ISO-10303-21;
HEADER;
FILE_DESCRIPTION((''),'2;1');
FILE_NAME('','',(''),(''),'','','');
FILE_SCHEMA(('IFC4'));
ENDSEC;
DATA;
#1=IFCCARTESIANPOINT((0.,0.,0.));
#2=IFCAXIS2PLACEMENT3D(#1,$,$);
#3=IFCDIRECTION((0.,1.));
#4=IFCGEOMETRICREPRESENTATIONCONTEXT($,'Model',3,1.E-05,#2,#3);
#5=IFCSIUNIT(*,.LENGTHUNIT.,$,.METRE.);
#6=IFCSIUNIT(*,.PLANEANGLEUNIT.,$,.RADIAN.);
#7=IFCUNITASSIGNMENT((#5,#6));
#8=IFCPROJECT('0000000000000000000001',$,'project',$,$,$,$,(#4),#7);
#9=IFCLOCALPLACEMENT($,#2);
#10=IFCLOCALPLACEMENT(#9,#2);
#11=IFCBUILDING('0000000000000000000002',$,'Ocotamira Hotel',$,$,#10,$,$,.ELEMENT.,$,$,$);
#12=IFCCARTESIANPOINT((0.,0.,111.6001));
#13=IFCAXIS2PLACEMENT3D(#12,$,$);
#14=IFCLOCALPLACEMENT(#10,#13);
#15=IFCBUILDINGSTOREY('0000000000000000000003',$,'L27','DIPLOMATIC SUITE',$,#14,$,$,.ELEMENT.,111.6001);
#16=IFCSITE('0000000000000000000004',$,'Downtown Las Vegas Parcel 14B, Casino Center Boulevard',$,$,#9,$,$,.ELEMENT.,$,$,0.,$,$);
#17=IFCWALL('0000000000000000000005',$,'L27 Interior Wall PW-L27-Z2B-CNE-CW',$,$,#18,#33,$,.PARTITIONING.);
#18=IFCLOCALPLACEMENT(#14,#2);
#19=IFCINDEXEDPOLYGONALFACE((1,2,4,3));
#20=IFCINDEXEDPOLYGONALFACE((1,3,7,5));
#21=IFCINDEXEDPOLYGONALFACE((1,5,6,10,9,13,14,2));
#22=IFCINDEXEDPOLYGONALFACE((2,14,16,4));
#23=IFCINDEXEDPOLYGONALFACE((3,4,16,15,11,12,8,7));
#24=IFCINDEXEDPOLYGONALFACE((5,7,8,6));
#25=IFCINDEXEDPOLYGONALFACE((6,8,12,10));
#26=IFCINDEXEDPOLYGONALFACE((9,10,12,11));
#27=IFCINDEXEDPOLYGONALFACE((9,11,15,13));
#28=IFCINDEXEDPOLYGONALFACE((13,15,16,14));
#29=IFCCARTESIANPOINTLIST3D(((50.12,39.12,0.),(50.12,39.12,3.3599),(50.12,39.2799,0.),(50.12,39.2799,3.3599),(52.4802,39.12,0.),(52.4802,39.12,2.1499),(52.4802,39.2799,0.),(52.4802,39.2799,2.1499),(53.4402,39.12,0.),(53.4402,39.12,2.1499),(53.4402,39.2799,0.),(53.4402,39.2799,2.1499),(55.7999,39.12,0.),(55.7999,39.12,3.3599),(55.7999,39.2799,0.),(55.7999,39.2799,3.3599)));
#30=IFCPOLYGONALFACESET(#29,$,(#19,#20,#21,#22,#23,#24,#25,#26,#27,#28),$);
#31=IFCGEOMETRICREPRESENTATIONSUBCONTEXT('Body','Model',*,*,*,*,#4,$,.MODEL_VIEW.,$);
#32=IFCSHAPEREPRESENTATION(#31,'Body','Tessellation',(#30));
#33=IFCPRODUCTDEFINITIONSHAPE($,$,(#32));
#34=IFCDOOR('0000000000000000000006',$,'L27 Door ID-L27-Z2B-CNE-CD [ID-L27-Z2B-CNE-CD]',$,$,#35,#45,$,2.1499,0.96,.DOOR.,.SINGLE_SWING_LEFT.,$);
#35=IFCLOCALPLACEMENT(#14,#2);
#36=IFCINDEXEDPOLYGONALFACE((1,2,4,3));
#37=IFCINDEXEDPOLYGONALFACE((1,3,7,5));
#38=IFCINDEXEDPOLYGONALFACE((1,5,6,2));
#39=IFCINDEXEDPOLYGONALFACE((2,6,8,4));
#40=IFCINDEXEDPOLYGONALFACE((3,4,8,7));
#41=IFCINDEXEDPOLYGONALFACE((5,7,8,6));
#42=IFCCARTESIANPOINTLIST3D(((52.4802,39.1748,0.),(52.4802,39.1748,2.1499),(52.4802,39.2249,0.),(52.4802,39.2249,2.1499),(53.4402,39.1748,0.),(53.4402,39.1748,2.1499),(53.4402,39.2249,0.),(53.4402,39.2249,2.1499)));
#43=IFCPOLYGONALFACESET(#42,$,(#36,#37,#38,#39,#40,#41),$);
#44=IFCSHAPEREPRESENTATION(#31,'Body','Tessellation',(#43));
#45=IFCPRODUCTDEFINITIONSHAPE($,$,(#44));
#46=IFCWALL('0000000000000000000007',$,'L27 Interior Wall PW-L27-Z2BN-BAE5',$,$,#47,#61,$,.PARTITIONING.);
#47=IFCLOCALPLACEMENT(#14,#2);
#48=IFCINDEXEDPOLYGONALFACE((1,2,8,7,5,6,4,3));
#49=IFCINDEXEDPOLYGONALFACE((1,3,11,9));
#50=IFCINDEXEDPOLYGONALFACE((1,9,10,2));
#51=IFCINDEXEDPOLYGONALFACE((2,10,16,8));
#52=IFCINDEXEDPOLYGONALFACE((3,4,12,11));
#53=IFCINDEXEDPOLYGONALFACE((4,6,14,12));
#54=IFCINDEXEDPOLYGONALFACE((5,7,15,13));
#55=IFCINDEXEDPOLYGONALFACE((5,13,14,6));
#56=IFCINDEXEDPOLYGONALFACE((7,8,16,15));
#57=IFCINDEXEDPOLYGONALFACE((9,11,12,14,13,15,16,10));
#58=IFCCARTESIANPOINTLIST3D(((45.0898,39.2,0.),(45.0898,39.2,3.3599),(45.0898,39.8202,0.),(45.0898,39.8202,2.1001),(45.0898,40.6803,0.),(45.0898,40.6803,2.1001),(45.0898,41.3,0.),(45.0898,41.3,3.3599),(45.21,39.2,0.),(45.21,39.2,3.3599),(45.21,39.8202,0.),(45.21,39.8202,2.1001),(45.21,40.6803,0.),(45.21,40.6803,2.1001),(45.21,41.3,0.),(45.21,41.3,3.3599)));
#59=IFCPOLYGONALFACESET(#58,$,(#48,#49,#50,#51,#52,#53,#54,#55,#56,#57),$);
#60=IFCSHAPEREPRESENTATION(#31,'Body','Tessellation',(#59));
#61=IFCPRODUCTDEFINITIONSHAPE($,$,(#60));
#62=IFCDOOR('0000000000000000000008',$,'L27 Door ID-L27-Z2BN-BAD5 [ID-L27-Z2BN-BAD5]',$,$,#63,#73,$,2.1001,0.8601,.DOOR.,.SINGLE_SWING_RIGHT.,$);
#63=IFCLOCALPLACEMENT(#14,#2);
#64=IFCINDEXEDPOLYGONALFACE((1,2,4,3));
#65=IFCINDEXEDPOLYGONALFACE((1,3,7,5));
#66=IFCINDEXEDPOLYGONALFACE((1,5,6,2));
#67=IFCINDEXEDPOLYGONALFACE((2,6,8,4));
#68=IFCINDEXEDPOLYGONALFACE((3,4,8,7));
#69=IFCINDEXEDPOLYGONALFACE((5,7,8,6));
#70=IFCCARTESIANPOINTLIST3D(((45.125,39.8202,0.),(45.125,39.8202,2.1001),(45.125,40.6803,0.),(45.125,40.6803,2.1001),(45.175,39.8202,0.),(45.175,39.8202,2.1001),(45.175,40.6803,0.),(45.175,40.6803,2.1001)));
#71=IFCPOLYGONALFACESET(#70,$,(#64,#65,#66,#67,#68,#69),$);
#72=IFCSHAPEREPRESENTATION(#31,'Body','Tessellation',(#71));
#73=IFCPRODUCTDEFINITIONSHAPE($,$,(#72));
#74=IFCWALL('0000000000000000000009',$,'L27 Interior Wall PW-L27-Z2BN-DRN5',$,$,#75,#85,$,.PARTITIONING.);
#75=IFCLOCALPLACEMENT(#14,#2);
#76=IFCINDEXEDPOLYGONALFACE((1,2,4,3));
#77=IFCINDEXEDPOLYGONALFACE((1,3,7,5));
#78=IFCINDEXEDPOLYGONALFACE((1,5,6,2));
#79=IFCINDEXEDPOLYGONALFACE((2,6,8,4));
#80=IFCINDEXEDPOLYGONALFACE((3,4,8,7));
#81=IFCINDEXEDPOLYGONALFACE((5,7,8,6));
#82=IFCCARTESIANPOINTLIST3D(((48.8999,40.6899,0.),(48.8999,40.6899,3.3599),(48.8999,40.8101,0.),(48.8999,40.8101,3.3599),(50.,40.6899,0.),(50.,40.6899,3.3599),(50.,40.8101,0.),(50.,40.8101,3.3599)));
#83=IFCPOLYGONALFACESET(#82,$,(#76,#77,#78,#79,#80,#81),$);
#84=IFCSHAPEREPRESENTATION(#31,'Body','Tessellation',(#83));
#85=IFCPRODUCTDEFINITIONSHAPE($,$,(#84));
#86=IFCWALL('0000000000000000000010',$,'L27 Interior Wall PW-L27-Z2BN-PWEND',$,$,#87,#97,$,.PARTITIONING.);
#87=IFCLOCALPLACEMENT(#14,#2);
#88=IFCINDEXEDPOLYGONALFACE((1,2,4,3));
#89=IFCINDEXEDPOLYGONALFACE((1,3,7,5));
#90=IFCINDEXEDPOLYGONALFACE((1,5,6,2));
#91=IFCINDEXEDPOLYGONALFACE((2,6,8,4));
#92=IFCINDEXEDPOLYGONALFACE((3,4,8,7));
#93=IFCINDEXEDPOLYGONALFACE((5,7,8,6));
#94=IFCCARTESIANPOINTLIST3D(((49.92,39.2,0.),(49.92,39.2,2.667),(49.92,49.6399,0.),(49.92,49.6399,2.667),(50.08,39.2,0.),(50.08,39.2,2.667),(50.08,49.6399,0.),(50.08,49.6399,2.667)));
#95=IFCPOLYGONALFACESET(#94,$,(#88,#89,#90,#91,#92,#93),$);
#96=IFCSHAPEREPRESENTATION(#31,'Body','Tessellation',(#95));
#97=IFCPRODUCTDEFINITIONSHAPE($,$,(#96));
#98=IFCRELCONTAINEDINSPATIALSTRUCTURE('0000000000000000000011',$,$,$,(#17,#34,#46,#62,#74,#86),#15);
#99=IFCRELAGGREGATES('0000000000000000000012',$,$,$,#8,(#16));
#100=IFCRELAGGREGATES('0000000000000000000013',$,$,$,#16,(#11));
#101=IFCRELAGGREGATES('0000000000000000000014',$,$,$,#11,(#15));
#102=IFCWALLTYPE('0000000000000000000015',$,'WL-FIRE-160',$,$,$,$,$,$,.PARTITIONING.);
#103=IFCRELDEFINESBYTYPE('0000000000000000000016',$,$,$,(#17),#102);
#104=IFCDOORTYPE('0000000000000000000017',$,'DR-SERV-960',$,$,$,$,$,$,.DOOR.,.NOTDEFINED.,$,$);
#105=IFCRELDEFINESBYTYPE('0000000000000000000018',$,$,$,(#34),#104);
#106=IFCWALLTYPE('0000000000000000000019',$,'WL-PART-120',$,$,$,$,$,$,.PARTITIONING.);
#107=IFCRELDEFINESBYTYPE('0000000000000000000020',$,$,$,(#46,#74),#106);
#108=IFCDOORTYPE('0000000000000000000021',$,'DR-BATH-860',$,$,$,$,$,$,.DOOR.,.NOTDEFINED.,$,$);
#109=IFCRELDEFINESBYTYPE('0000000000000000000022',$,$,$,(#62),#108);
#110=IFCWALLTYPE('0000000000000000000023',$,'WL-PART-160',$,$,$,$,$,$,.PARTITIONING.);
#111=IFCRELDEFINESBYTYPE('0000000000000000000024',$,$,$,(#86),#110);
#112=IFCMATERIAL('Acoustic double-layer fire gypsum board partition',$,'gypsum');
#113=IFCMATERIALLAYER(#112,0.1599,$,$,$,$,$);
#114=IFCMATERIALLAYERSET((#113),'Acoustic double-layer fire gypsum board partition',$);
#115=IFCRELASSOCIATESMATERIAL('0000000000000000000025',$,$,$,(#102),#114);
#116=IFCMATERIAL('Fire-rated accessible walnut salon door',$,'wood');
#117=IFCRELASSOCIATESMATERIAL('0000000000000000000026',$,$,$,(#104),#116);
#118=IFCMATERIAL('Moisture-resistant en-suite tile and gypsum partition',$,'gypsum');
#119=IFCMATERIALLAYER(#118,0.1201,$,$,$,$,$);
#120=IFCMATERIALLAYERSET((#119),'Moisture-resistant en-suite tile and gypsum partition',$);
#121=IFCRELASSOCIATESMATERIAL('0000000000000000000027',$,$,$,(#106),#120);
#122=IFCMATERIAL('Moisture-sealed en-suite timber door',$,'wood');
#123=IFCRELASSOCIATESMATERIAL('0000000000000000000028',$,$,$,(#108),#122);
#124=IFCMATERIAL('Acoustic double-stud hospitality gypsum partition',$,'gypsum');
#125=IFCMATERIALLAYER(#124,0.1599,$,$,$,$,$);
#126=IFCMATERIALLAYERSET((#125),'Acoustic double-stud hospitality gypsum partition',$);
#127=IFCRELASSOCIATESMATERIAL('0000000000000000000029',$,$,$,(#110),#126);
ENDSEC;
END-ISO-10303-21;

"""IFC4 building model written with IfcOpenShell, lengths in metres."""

from ifc_helpers import new_model, si_unit, direction, frame, frame_2d, origin, place, context, subcontext, project, spatial, rectangle, extrude, source, transform, mapped, material, layer, layer_set, type_object, element, fill, save


model = new_model("IFC4")

# Units and contexts
model_context = context("Model", 3, precision=1e-05, world=origin(), true_north=direction((0.0, 1.0)))
body_context = subcontext(model_context, "Body", "Model", "MODEL_VIEW")
ifc_project = project(units=[si_unit("LENGTHUNIT", "METRE"), si_unit("PLANEANGLEUNIT", "RADIAN")], contexts=[model_context])

# Site, building, storey
site_placement = place(None, origin())
site = spatial("IfcSite", under=ifc_project, at=site_placement, Name="Downtown Las Vegas Parcel 14B, Casino Center Boulevard", CompositionType="ELEMENT", RefElevation=0.0)
building_placement = place(site_placement, origin())
building = spatial("IfcBuilding", under=site, at=building_placement, Name="Ocotamira Hotel", CompositionType="ELEMENT")
storey_placement = place(building_placement, frame((0.0, 0.0, 111.6001)))
storey = spatial("IfcBuildingStorey", under=building, at=storey_placement, Name="L27", Description="DIPLOMATIC SUITE", CompositionType="ELEMENT", Elevation=111.6001)

# Walls, openings, doors
ifc_material_1 = material(Name="Acoustic double-layer fire gypsum board partition", Category="gypsum")
ifc_layer_1 = layer(ifc_material_1, 0.1599)
ifc_layer_set_1 = layer_set([ifc_layer_1], Name="Acoustic double-layer fire gypsum board partition")
wall_type_1 = type_object("IfcWallType", Name="WL-FIRE-160", PredefinedType="PARTITIONING", material=ifc_layer_set_1)
wall_1_placement = place(storey_placement, frame((50.1201, 39.2, 0.0), z_axis=(0.0, 0.0, 1.0), x_axis=(1.0, 0.0, 0.0)))
wall_1 = element("IfcWall", 1, at=wall_1_placement, inside=storey, type_object=wall_type_1, Name="L27 Interior Wall PW-L27-Z2B-CNE-CW", PredefinedType="PARTITIONING", context=body_context, shape_type="SweptSolid", body=[
    extrude(rectangle(XDim=5.6799, YDim=0.1599, at=frame_2d((2.8398, 0.0))), origin(), (0.0, 0.0, 1.0), 3.3599),
])
opening_1_placement = place(wall_1_placement, frame((2.3601, 0.0, 0.0)))
opening_1 = element("IfcOpeningElement", 2, at=opening_1_placement, cuts=wall_1, PredefinedType="OPENING", context=body_context, shape_type="SweptSolid", body=[
    extrude(rectangle(XDim=0.96, YDim=2.1499, at=frame_2d((0.48, 1.075))), frame((0.0, 0.0898, 0.0), z_axis=(0.0, -1.0, 0.0), x_axis=(1.0, 0.0, 0.0)), (0.0, 0.0, 1.0), 0.1799),
])
ifc_material_2 = material(Name="Fire-rated accessible walnut salon door", Category="wood")
door_type_1 = type_object("IfcDoorType", Name="DR-SERV-960", OperationType="NOTDEFINED", PredefinedType="DOOR", material=ifc_material_2)
shared_shape_1 = source(origin(), body_context, "Body", "SweptSolid", [
    extrude(rectangle(XDim=0.96, YDim=2.1499, at=frame_2d((0.48, 1.075))), frame((0.0, 0.0249, 0.0), z_axis=(0.0, -1.0, 0.0), x_axis=(1.0, 0.0, 0.0)), (0.0, 0.0, 1.0), 0.05),
])
door_1_placement = place(opening_1_placement, origin())
door_1 = element("IfcDoor", 3, at=door_1_placement, inside=storey, type_object=door_type_1, Name="L27 Door ID-L27-Z2B-CNE-CD [ID-L27-Z2B-CNE-CD]", OperationType="SINGLE_SWING_LEFT", OverallHeight=2.1499, OverallWidth=0.96, PredefinedType="DOOR", context=body_context, shape_type="MappedRepresentation", body=[
    mapped(shared_shape_1, transform((0.0, 0.0, 0.0), scale=1.0)),
])
fill(opening_1, door_1)
ifc_material_3 = material(Name="Moisture-resistant en-suite tile and gypsum partition", Category="gypsum")
ifc_layer_2 = layer(ifc_material_3, 0.1201)
ifc_layer_set_2 = layer_set([ifc_layer_2], Name="Moisture-resistant en-suite tile and gypsum partition")
wall_type_2 = type_object("IfcWallType", Name="WL-PART-120", PredefinedType="PARTITIONING", material=ifc_layer_set_2)
wall_2_placement = place(storey_placement, frame((45.1499, 39.2, 0.0), z_axis=(0.0, 0.0, 1.0), x_axis=(0.0, 1.0, 0.0)))
wall_2 = element("IfcWall", 4, at=wall_2_placement, inside=storey, type_object=wall_type_2, Name="L27 Interior Wall PW-L27-Z2BN-BAE5", PredefinedType="PARTITIONING", context=body_context, shape_type="SweptSolid", body=[
    extrude(rectangle(XDim=2.1001, YDim=0.1201, at=frame_2d((1.05, 0.0))), origin(), (0.0, 0.0, 1.0), 3.3599),
])
opening_2_placement = place(wall_2_placement, frame((0.6201, 0.0, 0.0)))
opening_2 = element("IfcOpeningElement", 5, at=opening_2_placement, cuts=wall_2, PredefinedType="OPENING", context=body_context, shape_type="SweptSolid", body=[
    extrude(rectangle(XDim=0.8601, YDim=2.1001, at=frame_2d((0.4302, 1.05))), frame((0.0, 0.0701, 0.0), z_axis=(0.0, -1.0, 0.0), x_axis=(1.0, 0.0, 0.0)), (0.0, 0.0, 1.0), 0.1401),
])
ifc_material_4 = material(Name="Moisture-sealed en-suite timber door", Category="wood")
door_type_2 = type_object("IfcDoorType", Name="DR-BATH-860", OperationType="NOTDEFINED", PredefinedType="DOOR", material=ifc_material_4)
shared_shape_2 = source(origin(), body_context, "Body", "SweptSolid", [
    extrude(rectangle(XDim=0.8601, YDim=2.1001, at=frame_2d((0.4302, 1.05))), frame((0.0, 0.0249, 0.0), z_axis=(0.0, -1.0, 0.0), x_axis=(1.0, 0.0, 0.0)), (0.0, 0.0, 1.0), 0.05),
])
door_2_placement = place(opening_2_placement, origin())
door_2 = element("IfcDoor", 6, at=door_2_placement, inside=storey, type_object=door_type_2, Name="L27 Door ID-L27-Z2BN-BAD5 [ID-L27-Z2BN-BAD5]", OperationType="SINGLE_SWING_RIGHT", OverallHeight=2.1001, OverallWidth=0.8601, PredefinedType="DOOR", context=body_context, shape_type="MappedRepresentation", body=[
    mapped(shared_shape_2, transform((0.0, 0.0, 0.0), scale=1.0)),
])
fill(opening_2, door_2)

# Walls
wall_3_placement = place(storey_placement, frame((48.8999, 40.75, 0.0), z_axis=(0.0, 0.0, 1.0), x_axis=(1.0, 0.0, 0.0)))
element("IfcWall", 7, at=wall_3_placement, inside=storey, type_object=wall_type_2, Name="L27 Interior Wall PW-L27-Z2BN-DRN5", PredefinedType="PARTITIONING", context=body_context, shape_type="SweptSolid", body=[
    extrude(rectangle(XDim=1.1001, YDim=0.1201, at=frame_2d((0.55, 0.0))), origin(), (0.0, 0.0, 1.0), 3.3599),
])
ifc_material_5 = material(Name="Acoustic double-stud hospitality gypsum partition", Category="gypsum")
ifc_layer_3 = layer(ifc_material_5, 0.1599)
ifc_layer_set_3 = layer_set([ifc_layer_3], Name="Acoustic double-stud hospitality gypsum partition")
wall_type_3 = type_object("IfcWallType", Name="WL-PART-160", PredefinedType="PARTITIONING", material=ifc_layer_set_3)
wall_4_placement = place(storey_placement, frame((50.0, 39.2, 0.0), z_axis=(0.0, 0.0, 1.0), x_axis=(0.0, 1.0, 0.0)))
element("IfcWall", 8, at=wall_4_placement, inside=storey, type_object=wall_type_3, Name="L27 Interior Wall PW-L27-Z2BN-PWEND", PredefinedType="PARTITIONING", context=body_context, shape_type="SweptSolid", body=[
    extrude(rectangle(XDim=10.4399, YDim=0.1599, at=frame_2d((5.22, 0.0))), origin(), (0.0, 0.0, 1.0), 2.667),
])

save(model, "model.ifc")
